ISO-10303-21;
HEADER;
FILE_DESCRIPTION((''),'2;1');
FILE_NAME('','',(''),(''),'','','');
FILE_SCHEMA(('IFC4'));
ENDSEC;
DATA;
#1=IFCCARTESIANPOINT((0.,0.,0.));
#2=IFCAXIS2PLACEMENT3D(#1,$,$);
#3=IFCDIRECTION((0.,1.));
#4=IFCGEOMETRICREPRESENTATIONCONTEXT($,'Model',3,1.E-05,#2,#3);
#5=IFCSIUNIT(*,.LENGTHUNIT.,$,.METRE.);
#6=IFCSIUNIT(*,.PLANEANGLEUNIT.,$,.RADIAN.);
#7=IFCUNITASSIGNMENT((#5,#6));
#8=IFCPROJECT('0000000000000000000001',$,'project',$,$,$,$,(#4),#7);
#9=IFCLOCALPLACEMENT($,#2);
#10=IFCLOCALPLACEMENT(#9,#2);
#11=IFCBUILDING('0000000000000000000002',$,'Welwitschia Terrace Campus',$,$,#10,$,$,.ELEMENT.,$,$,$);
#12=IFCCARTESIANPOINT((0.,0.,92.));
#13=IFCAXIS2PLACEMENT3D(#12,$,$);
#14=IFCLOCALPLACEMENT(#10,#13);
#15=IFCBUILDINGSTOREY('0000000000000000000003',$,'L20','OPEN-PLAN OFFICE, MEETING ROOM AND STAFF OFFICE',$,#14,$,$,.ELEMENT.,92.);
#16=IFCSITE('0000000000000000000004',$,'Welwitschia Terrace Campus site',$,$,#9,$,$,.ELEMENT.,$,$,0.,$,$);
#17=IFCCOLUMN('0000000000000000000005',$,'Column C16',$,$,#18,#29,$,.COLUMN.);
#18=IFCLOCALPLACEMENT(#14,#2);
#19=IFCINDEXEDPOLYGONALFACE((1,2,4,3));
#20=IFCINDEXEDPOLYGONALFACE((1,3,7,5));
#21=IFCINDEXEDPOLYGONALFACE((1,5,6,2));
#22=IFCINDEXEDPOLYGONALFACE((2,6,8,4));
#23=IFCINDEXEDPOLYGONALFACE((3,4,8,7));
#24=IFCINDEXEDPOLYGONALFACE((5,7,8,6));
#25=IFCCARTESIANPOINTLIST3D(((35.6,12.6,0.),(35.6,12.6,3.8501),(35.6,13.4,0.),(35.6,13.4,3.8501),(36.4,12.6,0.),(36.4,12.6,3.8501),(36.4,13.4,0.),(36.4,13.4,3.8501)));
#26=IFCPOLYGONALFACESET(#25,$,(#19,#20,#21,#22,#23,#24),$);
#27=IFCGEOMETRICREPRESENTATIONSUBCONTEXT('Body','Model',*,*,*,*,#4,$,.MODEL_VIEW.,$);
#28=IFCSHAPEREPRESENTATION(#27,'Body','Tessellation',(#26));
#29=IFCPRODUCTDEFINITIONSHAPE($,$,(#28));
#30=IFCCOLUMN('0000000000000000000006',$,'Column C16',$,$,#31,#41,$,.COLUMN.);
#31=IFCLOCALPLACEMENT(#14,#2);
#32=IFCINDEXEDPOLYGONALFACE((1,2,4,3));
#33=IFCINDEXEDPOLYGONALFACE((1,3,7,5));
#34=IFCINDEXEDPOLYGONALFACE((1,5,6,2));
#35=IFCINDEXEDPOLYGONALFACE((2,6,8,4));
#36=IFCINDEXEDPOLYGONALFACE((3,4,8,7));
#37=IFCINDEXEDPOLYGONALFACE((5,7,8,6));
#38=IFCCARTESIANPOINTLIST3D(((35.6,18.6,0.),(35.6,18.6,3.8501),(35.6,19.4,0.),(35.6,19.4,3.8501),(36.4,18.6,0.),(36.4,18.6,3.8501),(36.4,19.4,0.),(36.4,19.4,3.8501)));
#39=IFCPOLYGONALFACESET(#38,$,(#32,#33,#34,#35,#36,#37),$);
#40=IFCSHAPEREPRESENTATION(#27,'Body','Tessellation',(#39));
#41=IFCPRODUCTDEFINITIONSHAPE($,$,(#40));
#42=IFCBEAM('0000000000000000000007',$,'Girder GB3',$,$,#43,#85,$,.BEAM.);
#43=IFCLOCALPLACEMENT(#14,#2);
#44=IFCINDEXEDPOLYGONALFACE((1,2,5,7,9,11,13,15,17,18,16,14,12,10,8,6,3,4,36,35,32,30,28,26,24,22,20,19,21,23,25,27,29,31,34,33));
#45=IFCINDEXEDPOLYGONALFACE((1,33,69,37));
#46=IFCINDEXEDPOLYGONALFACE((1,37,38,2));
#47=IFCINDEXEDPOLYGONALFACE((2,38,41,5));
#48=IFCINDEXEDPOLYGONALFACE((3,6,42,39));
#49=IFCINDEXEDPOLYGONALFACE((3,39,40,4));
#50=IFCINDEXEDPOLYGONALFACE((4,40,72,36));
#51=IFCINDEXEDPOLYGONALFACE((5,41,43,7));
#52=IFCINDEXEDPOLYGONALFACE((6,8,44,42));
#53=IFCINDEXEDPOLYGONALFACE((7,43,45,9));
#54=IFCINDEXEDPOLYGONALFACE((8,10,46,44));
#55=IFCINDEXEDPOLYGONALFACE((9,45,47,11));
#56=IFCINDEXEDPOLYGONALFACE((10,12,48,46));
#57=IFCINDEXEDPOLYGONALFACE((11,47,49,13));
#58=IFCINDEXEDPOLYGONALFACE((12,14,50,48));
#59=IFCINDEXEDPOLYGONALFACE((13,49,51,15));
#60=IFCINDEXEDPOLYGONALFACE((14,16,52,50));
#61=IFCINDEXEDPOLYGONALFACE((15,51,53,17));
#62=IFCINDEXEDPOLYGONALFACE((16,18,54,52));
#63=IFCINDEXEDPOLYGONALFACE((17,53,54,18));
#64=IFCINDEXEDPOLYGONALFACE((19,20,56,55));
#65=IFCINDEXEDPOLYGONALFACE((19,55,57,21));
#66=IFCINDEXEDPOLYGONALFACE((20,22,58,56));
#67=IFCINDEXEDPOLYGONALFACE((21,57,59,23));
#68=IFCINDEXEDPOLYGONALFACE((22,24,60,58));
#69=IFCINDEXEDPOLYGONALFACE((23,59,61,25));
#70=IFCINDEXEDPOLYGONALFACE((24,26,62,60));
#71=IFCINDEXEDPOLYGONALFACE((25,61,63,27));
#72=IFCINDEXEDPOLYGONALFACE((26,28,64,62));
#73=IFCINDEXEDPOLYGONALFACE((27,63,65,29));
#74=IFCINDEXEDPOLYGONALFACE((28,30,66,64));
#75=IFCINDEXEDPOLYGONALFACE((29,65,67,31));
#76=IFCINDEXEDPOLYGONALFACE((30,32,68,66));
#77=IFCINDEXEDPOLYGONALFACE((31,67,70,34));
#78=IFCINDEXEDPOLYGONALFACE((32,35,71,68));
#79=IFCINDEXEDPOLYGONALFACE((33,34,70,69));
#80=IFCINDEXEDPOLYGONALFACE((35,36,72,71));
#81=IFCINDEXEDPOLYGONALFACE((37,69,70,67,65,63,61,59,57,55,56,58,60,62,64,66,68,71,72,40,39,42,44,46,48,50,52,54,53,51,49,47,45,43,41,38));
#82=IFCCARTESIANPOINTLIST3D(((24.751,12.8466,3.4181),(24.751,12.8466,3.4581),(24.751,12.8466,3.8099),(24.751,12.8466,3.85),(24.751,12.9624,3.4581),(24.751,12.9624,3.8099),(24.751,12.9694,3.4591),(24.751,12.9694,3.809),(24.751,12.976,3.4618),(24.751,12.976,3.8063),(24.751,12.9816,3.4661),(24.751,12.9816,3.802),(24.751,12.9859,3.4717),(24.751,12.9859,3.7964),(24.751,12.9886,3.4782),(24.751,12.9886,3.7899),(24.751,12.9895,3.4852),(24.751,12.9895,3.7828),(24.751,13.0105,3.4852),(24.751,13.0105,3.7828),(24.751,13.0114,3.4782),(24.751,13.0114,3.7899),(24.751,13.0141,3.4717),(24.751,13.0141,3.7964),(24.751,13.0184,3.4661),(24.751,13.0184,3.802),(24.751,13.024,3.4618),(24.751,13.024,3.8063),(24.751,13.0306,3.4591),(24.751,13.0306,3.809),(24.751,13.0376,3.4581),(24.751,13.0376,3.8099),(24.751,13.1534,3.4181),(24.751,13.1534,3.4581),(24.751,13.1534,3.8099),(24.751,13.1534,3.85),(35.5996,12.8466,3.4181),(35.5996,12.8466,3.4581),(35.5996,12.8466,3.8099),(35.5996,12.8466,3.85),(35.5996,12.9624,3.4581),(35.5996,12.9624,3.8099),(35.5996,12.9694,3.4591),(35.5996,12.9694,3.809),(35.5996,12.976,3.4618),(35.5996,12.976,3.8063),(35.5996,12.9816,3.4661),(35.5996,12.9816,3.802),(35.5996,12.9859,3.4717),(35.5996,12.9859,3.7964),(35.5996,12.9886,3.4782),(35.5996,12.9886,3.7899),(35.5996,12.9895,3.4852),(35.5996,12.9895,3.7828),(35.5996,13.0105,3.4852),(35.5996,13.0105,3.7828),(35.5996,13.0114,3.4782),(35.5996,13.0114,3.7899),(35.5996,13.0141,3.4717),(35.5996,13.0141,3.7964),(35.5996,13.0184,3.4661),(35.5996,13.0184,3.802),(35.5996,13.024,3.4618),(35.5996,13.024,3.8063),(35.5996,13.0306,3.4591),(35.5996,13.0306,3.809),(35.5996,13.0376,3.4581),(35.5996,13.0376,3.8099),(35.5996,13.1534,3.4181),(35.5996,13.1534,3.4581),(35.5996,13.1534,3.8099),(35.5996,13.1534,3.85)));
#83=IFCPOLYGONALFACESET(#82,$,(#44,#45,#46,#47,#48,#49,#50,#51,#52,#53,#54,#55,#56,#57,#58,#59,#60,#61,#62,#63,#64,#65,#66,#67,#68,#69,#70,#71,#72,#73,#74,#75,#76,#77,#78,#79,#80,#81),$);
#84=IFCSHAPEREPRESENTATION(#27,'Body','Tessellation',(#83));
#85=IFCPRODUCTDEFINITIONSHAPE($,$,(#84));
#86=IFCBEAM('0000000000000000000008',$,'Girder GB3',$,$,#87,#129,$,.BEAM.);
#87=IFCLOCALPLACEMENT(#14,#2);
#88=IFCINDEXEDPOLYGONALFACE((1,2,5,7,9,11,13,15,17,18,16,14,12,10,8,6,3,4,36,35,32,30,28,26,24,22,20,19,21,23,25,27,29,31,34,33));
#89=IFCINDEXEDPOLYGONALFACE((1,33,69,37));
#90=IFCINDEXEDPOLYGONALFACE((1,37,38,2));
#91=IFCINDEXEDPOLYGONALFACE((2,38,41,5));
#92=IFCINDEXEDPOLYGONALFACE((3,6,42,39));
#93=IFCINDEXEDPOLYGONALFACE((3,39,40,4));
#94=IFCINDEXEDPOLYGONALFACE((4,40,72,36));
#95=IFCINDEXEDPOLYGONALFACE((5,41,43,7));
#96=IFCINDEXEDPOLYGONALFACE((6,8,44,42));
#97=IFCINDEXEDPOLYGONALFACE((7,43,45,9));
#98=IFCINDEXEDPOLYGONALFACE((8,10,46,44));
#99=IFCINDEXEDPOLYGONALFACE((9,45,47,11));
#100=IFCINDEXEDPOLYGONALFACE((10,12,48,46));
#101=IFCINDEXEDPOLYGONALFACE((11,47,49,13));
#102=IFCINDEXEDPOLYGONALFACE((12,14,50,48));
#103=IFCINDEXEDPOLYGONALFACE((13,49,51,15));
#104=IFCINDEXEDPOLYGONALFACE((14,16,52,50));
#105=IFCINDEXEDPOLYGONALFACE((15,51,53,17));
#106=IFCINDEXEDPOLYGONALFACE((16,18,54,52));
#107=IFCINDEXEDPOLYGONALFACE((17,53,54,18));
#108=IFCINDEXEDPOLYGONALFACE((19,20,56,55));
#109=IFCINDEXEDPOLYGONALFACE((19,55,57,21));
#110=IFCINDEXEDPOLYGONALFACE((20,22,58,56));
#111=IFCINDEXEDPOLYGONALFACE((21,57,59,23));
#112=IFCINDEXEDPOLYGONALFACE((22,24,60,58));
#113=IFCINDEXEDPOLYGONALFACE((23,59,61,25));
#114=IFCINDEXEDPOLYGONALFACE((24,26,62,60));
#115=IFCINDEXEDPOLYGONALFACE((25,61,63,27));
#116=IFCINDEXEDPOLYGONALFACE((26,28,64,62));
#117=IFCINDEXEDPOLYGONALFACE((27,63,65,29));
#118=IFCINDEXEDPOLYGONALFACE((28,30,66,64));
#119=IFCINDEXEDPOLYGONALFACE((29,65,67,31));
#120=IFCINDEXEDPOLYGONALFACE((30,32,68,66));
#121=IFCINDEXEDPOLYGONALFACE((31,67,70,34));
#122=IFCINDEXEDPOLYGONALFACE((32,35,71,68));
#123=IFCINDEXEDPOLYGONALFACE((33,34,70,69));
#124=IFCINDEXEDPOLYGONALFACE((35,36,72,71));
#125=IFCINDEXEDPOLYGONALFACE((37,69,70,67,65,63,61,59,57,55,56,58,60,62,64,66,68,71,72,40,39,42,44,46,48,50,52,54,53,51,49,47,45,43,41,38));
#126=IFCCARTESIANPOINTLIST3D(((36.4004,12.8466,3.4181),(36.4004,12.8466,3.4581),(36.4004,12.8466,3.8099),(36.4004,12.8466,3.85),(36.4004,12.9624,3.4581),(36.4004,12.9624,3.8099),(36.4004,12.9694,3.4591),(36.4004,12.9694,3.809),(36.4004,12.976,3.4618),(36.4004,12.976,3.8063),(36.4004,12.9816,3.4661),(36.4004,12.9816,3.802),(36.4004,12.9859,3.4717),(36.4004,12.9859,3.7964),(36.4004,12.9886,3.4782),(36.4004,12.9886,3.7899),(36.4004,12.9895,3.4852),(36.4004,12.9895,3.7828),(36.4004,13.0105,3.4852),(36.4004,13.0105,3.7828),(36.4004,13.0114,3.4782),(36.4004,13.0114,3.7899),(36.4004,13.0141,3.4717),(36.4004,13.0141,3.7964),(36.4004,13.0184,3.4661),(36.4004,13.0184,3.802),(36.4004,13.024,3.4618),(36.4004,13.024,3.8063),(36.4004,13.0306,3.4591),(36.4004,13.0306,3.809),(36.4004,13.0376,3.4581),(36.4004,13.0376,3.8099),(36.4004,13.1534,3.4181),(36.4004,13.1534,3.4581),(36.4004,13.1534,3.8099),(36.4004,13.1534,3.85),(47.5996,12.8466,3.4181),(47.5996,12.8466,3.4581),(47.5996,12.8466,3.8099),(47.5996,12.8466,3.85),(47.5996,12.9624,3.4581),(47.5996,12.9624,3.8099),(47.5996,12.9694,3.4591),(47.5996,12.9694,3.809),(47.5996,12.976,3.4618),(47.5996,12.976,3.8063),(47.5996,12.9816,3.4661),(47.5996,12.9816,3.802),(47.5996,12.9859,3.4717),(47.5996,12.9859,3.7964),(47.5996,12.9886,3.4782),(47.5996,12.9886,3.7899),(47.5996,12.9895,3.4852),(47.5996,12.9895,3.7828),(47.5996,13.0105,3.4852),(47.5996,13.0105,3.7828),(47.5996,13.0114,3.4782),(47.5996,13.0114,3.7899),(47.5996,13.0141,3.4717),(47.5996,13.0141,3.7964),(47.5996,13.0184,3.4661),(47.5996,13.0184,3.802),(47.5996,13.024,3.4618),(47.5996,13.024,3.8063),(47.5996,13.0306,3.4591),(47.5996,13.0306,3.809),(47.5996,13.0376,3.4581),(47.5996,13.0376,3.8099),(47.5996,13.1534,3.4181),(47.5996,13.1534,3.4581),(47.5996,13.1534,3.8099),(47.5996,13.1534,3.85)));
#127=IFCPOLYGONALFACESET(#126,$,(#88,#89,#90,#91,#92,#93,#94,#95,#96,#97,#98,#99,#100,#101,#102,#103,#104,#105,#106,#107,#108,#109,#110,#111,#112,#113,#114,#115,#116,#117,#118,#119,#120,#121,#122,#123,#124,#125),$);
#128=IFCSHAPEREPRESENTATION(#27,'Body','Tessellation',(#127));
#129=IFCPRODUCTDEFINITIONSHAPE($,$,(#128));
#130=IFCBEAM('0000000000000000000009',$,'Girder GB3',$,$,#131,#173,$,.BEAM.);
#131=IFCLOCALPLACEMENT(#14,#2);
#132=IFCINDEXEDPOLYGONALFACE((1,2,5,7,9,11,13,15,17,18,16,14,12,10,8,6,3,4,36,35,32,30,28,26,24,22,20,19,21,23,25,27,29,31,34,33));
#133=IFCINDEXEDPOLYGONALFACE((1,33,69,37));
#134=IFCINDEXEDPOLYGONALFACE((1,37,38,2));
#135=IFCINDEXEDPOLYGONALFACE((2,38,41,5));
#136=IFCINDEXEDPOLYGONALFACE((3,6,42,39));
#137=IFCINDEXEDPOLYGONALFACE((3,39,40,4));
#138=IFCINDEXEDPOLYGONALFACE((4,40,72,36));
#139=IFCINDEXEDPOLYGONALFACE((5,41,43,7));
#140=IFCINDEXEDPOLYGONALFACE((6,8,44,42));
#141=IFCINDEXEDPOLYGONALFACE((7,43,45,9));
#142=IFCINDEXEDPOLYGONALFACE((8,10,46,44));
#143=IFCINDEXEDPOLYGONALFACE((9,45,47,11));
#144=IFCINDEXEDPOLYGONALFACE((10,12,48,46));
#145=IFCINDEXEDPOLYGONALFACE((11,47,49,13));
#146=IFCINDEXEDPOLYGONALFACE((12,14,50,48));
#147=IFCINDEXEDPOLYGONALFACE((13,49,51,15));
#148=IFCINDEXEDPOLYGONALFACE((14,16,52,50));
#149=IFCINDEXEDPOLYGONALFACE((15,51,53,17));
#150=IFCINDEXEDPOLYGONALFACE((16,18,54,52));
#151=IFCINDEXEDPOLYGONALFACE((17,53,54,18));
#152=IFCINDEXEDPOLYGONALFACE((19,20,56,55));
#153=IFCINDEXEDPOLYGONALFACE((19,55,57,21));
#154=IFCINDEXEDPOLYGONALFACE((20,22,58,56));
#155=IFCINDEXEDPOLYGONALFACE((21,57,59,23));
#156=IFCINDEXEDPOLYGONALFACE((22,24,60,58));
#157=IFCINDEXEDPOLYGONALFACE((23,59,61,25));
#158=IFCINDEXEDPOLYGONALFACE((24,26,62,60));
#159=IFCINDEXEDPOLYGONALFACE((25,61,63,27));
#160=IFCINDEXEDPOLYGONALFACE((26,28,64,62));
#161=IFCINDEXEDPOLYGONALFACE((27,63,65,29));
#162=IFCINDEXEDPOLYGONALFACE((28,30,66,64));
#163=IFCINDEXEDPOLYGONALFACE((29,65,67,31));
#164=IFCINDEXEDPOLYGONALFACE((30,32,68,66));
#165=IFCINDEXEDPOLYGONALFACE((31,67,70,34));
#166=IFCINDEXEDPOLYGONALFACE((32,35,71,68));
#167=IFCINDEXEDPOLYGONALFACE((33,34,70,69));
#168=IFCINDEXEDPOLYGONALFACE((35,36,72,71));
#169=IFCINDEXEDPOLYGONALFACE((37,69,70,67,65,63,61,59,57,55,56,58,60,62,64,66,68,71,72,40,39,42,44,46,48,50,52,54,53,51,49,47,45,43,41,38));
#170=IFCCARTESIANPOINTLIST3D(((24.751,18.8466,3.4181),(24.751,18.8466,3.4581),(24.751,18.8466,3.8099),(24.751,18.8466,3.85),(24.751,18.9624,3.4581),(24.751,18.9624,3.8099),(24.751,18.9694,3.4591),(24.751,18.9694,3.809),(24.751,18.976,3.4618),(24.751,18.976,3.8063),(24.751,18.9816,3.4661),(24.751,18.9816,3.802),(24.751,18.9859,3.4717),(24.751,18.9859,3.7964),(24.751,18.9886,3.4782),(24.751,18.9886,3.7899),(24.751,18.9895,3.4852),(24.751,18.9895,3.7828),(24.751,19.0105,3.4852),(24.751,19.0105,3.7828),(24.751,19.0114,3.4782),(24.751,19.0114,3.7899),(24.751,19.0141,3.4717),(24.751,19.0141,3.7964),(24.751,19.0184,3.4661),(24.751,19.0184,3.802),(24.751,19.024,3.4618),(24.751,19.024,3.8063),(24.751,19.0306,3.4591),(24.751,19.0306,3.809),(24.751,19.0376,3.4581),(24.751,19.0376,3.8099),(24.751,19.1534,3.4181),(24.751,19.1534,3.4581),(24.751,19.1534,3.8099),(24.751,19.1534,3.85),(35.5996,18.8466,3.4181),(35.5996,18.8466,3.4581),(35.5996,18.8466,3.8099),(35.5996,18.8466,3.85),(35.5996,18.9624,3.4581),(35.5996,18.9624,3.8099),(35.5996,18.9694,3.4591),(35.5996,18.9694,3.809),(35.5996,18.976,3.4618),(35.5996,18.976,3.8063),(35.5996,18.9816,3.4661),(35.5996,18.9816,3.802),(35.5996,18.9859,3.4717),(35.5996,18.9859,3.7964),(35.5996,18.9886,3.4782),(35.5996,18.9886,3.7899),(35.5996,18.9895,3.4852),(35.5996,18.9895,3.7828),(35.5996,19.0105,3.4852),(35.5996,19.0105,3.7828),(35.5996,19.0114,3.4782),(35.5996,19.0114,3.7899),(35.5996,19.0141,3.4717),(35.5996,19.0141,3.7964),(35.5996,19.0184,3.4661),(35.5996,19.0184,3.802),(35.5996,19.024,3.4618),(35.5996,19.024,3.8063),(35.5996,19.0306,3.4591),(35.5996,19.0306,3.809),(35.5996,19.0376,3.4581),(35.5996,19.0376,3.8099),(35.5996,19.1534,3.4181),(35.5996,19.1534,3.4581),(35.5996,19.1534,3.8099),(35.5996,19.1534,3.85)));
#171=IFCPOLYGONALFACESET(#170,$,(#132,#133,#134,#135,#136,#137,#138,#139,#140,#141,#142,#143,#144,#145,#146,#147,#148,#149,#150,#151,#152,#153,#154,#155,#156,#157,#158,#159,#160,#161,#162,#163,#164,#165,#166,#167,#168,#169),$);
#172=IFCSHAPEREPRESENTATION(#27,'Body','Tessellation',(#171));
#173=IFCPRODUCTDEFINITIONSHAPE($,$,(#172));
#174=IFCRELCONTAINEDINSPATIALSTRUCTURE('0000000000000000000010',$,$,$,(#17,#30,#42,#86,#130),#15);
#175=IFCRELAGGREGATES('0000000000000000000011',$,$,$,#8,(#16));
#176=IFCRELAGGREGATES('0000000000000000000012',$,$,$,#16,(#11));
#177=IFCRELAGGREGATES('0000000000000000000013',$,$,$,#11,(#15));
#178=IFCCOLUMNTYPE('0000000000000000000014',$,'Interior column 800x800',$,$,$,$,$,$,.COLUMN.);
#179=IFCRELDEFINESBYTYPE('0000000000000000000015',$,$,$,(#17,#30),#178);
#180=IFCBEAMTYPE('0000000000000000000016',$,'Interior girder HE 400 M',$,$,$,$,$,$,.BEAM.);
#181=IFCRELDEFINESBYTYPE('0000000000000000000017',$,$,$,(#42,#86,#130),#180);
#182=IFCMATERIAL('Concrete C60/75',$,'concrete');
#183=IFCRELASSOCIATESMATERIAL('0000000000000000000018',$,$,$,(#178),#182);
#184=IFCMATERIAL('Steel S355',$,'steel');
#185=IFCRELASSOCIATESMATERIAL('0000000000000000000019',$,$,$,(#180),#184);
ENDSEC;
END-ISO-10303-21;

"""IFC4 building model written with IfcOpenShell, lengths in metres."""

from ifc_helpers import new_model, si_unit, direction, frame, origin, origin_2d, place, context, subcontext, project, spatial, rectangle, i_section, extrude, material, material_profile, profile_set, type_object, element, save


model = new_model("IFC4")

# Units and contexts
model_context = context("Model", 3, precision=1e-05, world=origin(), true_north=direction((0.0, 1.0)))
body_context = subcontext(model_context, "Body", "Model", "MODEL_VIEW")
ifc_project = project(units=[si_unit("LENGTHUNIT", "METRE"), si_unit("PLANEANGLEUNIT", "RADIAN")], contexts=[model_context])

# Site, building, storey
site_placement = place(None, origin())
site = spatial("IfcSite", under=ifc_project, at=site_placement, Name="Welwitschia Terrace Campus site", CompositionType="ELEMENT", RefElevation=0.0)
building_placement = place(site_placement, origin())
building = spatial("IfcBuilding", under=site, at=building_placement, Name="Welwitschia Terrace Campus", CompositionType="ELEMENT")
storey_placement = place(building_placement, frame((0.0, 0.0, 92.0)))
storey = spatial("IfcBuildingStorey", under=building, at=storey_placement, Name="L20", Description="OPEN-PLAN OFFICE, MEETING ROOM AND STAFF OFFICE", CompositionType="ELEMENT", Elevation=92.0)

# Columns
ifc_material_1 = material(Name="Concrete C60/75", Category="concrete")
ifc_material_profile_1 = material_profile(ifc_material_1, rectangle(XDim=0.8, YDim=0.8, at=origin_2d()))
ifc_profile_set_1 = profile_set([ifc_material_profile_1], Name="Concrete C60/75")
column_type = type_object("IfcColumnType", Name="Interior column 800x800", PredefinedType="COLUMN", material=ifc_profile_set_1)
for number, where, z_axis, x_axis, name in (
    (1, (36.0, 13.0, 0.0), (0.0, 0.0, 1.0), (1.0, 0.0, 0.0), "Column C16"),
    (2, (36.0, 19.0, 0.0), (0.0, 0.0, 1.0), (1.0, 0.0, 0.0), "Column C16"),
):
    element("IfcColumn", number, at=place(storey_placement, frame(where, z_axis=z_axis, x_axis=x_axis)), inside=storey, type_object=column_type, Name=name, PredefinedType="COLUMN", context=body_context, shape_type="SweptSolid", body=[
        extrude(rectangle(XDim=0.8, YDim=0.8, at=origin_2d()), origin(), (0.0, 0.0, 1.0), 3.8501),
    ])

# Beams
ifc_material_2 = material(Name="Steel S355", Category="steel")
ifc_material_profile_2 = material_profile(ifc_material_2, i_section(OverallWidth=0.3069, OverallDepth=0.4319, WebThickness=0.021, FlangeThickness=0.04, FilletRadius=0.0271, at=origin_2d()))
ifc_profile_set_2 = profile_set([ifc_material_profile_2], Name="Steel S355")
beam_type = type_object("IfcBeamType", Name="Interior girder HE 400 M", PredefinedType="BEAM", material=ifc_profile_set_2)
beam_1_placement = place(storey_placement, frame((24.751, 13.0, 3.634), z_axis=(1.0, 0.0, 0.0), x_axis=(0.0, 1.0, 0.0)))
element("IfcBeam", 3, at=beam_1_placement, inside=storey, type_object=beam_type, Name="Girder GB3", PredefinedType="BEAM", context=body_context, shape_type="SweptSolid", body=[
    extrude(i_section(OverallWidth=0.3069, OverallDepth=0.4319, WebThickness=0.021, FlangeThickness=0.04, FilletRadius=0.0271, at=origin_2d()), origin(), (0.0, 0.0, 1.0), 10.8486),
])
beam_2_placement = place(storey_placement, frame((36.4004, 13.0, 3.634), z_axis=(1.0, 0.0, 0.0), x_axis=(0.0, 1.0, 0.0)))
element("IfcBeam", 4, at=beam_2_placement, inside=storey, type_object=beam_type, Name="Girder GB3", PredefinedType="BEAM", context=body_context, shape_type="SweptSolid", body=[
    extrude(i_section(OverallWidth=0.3069, OverallDepth=0.4319, WebThickness=0.021, FlangeThickness=0.04, FilletRadius=0.0271, at=origin_2d()), origin(), (0.0, 0.0, 1.0), 11.1992),
])
beam_3_placement = place(storey_placement, frame((24.751, 19.0, 3.634), z_axis=(1.0, 0.0, 0.0), x_axis=(0.0, 1.0, 0.0)))
element("IfcBeam", 5, at=beam_3_placement, inside=storey, type_object=beam_type, Name="Girder GB3", PredefinedType="BEAM", context=body_context, shape_type="SweptSolid", body=[
    extrude(i_section(OverallWidth=0.3069, OverallDepth=0.4319, WebThickness=0.021, FlangeThickness=0.04, FilletRadius=0.0271, at=origin_2d()), origin(), (0.0, 0.0, 1.0), 10.8486),
])

save(model, "model.ifc")
